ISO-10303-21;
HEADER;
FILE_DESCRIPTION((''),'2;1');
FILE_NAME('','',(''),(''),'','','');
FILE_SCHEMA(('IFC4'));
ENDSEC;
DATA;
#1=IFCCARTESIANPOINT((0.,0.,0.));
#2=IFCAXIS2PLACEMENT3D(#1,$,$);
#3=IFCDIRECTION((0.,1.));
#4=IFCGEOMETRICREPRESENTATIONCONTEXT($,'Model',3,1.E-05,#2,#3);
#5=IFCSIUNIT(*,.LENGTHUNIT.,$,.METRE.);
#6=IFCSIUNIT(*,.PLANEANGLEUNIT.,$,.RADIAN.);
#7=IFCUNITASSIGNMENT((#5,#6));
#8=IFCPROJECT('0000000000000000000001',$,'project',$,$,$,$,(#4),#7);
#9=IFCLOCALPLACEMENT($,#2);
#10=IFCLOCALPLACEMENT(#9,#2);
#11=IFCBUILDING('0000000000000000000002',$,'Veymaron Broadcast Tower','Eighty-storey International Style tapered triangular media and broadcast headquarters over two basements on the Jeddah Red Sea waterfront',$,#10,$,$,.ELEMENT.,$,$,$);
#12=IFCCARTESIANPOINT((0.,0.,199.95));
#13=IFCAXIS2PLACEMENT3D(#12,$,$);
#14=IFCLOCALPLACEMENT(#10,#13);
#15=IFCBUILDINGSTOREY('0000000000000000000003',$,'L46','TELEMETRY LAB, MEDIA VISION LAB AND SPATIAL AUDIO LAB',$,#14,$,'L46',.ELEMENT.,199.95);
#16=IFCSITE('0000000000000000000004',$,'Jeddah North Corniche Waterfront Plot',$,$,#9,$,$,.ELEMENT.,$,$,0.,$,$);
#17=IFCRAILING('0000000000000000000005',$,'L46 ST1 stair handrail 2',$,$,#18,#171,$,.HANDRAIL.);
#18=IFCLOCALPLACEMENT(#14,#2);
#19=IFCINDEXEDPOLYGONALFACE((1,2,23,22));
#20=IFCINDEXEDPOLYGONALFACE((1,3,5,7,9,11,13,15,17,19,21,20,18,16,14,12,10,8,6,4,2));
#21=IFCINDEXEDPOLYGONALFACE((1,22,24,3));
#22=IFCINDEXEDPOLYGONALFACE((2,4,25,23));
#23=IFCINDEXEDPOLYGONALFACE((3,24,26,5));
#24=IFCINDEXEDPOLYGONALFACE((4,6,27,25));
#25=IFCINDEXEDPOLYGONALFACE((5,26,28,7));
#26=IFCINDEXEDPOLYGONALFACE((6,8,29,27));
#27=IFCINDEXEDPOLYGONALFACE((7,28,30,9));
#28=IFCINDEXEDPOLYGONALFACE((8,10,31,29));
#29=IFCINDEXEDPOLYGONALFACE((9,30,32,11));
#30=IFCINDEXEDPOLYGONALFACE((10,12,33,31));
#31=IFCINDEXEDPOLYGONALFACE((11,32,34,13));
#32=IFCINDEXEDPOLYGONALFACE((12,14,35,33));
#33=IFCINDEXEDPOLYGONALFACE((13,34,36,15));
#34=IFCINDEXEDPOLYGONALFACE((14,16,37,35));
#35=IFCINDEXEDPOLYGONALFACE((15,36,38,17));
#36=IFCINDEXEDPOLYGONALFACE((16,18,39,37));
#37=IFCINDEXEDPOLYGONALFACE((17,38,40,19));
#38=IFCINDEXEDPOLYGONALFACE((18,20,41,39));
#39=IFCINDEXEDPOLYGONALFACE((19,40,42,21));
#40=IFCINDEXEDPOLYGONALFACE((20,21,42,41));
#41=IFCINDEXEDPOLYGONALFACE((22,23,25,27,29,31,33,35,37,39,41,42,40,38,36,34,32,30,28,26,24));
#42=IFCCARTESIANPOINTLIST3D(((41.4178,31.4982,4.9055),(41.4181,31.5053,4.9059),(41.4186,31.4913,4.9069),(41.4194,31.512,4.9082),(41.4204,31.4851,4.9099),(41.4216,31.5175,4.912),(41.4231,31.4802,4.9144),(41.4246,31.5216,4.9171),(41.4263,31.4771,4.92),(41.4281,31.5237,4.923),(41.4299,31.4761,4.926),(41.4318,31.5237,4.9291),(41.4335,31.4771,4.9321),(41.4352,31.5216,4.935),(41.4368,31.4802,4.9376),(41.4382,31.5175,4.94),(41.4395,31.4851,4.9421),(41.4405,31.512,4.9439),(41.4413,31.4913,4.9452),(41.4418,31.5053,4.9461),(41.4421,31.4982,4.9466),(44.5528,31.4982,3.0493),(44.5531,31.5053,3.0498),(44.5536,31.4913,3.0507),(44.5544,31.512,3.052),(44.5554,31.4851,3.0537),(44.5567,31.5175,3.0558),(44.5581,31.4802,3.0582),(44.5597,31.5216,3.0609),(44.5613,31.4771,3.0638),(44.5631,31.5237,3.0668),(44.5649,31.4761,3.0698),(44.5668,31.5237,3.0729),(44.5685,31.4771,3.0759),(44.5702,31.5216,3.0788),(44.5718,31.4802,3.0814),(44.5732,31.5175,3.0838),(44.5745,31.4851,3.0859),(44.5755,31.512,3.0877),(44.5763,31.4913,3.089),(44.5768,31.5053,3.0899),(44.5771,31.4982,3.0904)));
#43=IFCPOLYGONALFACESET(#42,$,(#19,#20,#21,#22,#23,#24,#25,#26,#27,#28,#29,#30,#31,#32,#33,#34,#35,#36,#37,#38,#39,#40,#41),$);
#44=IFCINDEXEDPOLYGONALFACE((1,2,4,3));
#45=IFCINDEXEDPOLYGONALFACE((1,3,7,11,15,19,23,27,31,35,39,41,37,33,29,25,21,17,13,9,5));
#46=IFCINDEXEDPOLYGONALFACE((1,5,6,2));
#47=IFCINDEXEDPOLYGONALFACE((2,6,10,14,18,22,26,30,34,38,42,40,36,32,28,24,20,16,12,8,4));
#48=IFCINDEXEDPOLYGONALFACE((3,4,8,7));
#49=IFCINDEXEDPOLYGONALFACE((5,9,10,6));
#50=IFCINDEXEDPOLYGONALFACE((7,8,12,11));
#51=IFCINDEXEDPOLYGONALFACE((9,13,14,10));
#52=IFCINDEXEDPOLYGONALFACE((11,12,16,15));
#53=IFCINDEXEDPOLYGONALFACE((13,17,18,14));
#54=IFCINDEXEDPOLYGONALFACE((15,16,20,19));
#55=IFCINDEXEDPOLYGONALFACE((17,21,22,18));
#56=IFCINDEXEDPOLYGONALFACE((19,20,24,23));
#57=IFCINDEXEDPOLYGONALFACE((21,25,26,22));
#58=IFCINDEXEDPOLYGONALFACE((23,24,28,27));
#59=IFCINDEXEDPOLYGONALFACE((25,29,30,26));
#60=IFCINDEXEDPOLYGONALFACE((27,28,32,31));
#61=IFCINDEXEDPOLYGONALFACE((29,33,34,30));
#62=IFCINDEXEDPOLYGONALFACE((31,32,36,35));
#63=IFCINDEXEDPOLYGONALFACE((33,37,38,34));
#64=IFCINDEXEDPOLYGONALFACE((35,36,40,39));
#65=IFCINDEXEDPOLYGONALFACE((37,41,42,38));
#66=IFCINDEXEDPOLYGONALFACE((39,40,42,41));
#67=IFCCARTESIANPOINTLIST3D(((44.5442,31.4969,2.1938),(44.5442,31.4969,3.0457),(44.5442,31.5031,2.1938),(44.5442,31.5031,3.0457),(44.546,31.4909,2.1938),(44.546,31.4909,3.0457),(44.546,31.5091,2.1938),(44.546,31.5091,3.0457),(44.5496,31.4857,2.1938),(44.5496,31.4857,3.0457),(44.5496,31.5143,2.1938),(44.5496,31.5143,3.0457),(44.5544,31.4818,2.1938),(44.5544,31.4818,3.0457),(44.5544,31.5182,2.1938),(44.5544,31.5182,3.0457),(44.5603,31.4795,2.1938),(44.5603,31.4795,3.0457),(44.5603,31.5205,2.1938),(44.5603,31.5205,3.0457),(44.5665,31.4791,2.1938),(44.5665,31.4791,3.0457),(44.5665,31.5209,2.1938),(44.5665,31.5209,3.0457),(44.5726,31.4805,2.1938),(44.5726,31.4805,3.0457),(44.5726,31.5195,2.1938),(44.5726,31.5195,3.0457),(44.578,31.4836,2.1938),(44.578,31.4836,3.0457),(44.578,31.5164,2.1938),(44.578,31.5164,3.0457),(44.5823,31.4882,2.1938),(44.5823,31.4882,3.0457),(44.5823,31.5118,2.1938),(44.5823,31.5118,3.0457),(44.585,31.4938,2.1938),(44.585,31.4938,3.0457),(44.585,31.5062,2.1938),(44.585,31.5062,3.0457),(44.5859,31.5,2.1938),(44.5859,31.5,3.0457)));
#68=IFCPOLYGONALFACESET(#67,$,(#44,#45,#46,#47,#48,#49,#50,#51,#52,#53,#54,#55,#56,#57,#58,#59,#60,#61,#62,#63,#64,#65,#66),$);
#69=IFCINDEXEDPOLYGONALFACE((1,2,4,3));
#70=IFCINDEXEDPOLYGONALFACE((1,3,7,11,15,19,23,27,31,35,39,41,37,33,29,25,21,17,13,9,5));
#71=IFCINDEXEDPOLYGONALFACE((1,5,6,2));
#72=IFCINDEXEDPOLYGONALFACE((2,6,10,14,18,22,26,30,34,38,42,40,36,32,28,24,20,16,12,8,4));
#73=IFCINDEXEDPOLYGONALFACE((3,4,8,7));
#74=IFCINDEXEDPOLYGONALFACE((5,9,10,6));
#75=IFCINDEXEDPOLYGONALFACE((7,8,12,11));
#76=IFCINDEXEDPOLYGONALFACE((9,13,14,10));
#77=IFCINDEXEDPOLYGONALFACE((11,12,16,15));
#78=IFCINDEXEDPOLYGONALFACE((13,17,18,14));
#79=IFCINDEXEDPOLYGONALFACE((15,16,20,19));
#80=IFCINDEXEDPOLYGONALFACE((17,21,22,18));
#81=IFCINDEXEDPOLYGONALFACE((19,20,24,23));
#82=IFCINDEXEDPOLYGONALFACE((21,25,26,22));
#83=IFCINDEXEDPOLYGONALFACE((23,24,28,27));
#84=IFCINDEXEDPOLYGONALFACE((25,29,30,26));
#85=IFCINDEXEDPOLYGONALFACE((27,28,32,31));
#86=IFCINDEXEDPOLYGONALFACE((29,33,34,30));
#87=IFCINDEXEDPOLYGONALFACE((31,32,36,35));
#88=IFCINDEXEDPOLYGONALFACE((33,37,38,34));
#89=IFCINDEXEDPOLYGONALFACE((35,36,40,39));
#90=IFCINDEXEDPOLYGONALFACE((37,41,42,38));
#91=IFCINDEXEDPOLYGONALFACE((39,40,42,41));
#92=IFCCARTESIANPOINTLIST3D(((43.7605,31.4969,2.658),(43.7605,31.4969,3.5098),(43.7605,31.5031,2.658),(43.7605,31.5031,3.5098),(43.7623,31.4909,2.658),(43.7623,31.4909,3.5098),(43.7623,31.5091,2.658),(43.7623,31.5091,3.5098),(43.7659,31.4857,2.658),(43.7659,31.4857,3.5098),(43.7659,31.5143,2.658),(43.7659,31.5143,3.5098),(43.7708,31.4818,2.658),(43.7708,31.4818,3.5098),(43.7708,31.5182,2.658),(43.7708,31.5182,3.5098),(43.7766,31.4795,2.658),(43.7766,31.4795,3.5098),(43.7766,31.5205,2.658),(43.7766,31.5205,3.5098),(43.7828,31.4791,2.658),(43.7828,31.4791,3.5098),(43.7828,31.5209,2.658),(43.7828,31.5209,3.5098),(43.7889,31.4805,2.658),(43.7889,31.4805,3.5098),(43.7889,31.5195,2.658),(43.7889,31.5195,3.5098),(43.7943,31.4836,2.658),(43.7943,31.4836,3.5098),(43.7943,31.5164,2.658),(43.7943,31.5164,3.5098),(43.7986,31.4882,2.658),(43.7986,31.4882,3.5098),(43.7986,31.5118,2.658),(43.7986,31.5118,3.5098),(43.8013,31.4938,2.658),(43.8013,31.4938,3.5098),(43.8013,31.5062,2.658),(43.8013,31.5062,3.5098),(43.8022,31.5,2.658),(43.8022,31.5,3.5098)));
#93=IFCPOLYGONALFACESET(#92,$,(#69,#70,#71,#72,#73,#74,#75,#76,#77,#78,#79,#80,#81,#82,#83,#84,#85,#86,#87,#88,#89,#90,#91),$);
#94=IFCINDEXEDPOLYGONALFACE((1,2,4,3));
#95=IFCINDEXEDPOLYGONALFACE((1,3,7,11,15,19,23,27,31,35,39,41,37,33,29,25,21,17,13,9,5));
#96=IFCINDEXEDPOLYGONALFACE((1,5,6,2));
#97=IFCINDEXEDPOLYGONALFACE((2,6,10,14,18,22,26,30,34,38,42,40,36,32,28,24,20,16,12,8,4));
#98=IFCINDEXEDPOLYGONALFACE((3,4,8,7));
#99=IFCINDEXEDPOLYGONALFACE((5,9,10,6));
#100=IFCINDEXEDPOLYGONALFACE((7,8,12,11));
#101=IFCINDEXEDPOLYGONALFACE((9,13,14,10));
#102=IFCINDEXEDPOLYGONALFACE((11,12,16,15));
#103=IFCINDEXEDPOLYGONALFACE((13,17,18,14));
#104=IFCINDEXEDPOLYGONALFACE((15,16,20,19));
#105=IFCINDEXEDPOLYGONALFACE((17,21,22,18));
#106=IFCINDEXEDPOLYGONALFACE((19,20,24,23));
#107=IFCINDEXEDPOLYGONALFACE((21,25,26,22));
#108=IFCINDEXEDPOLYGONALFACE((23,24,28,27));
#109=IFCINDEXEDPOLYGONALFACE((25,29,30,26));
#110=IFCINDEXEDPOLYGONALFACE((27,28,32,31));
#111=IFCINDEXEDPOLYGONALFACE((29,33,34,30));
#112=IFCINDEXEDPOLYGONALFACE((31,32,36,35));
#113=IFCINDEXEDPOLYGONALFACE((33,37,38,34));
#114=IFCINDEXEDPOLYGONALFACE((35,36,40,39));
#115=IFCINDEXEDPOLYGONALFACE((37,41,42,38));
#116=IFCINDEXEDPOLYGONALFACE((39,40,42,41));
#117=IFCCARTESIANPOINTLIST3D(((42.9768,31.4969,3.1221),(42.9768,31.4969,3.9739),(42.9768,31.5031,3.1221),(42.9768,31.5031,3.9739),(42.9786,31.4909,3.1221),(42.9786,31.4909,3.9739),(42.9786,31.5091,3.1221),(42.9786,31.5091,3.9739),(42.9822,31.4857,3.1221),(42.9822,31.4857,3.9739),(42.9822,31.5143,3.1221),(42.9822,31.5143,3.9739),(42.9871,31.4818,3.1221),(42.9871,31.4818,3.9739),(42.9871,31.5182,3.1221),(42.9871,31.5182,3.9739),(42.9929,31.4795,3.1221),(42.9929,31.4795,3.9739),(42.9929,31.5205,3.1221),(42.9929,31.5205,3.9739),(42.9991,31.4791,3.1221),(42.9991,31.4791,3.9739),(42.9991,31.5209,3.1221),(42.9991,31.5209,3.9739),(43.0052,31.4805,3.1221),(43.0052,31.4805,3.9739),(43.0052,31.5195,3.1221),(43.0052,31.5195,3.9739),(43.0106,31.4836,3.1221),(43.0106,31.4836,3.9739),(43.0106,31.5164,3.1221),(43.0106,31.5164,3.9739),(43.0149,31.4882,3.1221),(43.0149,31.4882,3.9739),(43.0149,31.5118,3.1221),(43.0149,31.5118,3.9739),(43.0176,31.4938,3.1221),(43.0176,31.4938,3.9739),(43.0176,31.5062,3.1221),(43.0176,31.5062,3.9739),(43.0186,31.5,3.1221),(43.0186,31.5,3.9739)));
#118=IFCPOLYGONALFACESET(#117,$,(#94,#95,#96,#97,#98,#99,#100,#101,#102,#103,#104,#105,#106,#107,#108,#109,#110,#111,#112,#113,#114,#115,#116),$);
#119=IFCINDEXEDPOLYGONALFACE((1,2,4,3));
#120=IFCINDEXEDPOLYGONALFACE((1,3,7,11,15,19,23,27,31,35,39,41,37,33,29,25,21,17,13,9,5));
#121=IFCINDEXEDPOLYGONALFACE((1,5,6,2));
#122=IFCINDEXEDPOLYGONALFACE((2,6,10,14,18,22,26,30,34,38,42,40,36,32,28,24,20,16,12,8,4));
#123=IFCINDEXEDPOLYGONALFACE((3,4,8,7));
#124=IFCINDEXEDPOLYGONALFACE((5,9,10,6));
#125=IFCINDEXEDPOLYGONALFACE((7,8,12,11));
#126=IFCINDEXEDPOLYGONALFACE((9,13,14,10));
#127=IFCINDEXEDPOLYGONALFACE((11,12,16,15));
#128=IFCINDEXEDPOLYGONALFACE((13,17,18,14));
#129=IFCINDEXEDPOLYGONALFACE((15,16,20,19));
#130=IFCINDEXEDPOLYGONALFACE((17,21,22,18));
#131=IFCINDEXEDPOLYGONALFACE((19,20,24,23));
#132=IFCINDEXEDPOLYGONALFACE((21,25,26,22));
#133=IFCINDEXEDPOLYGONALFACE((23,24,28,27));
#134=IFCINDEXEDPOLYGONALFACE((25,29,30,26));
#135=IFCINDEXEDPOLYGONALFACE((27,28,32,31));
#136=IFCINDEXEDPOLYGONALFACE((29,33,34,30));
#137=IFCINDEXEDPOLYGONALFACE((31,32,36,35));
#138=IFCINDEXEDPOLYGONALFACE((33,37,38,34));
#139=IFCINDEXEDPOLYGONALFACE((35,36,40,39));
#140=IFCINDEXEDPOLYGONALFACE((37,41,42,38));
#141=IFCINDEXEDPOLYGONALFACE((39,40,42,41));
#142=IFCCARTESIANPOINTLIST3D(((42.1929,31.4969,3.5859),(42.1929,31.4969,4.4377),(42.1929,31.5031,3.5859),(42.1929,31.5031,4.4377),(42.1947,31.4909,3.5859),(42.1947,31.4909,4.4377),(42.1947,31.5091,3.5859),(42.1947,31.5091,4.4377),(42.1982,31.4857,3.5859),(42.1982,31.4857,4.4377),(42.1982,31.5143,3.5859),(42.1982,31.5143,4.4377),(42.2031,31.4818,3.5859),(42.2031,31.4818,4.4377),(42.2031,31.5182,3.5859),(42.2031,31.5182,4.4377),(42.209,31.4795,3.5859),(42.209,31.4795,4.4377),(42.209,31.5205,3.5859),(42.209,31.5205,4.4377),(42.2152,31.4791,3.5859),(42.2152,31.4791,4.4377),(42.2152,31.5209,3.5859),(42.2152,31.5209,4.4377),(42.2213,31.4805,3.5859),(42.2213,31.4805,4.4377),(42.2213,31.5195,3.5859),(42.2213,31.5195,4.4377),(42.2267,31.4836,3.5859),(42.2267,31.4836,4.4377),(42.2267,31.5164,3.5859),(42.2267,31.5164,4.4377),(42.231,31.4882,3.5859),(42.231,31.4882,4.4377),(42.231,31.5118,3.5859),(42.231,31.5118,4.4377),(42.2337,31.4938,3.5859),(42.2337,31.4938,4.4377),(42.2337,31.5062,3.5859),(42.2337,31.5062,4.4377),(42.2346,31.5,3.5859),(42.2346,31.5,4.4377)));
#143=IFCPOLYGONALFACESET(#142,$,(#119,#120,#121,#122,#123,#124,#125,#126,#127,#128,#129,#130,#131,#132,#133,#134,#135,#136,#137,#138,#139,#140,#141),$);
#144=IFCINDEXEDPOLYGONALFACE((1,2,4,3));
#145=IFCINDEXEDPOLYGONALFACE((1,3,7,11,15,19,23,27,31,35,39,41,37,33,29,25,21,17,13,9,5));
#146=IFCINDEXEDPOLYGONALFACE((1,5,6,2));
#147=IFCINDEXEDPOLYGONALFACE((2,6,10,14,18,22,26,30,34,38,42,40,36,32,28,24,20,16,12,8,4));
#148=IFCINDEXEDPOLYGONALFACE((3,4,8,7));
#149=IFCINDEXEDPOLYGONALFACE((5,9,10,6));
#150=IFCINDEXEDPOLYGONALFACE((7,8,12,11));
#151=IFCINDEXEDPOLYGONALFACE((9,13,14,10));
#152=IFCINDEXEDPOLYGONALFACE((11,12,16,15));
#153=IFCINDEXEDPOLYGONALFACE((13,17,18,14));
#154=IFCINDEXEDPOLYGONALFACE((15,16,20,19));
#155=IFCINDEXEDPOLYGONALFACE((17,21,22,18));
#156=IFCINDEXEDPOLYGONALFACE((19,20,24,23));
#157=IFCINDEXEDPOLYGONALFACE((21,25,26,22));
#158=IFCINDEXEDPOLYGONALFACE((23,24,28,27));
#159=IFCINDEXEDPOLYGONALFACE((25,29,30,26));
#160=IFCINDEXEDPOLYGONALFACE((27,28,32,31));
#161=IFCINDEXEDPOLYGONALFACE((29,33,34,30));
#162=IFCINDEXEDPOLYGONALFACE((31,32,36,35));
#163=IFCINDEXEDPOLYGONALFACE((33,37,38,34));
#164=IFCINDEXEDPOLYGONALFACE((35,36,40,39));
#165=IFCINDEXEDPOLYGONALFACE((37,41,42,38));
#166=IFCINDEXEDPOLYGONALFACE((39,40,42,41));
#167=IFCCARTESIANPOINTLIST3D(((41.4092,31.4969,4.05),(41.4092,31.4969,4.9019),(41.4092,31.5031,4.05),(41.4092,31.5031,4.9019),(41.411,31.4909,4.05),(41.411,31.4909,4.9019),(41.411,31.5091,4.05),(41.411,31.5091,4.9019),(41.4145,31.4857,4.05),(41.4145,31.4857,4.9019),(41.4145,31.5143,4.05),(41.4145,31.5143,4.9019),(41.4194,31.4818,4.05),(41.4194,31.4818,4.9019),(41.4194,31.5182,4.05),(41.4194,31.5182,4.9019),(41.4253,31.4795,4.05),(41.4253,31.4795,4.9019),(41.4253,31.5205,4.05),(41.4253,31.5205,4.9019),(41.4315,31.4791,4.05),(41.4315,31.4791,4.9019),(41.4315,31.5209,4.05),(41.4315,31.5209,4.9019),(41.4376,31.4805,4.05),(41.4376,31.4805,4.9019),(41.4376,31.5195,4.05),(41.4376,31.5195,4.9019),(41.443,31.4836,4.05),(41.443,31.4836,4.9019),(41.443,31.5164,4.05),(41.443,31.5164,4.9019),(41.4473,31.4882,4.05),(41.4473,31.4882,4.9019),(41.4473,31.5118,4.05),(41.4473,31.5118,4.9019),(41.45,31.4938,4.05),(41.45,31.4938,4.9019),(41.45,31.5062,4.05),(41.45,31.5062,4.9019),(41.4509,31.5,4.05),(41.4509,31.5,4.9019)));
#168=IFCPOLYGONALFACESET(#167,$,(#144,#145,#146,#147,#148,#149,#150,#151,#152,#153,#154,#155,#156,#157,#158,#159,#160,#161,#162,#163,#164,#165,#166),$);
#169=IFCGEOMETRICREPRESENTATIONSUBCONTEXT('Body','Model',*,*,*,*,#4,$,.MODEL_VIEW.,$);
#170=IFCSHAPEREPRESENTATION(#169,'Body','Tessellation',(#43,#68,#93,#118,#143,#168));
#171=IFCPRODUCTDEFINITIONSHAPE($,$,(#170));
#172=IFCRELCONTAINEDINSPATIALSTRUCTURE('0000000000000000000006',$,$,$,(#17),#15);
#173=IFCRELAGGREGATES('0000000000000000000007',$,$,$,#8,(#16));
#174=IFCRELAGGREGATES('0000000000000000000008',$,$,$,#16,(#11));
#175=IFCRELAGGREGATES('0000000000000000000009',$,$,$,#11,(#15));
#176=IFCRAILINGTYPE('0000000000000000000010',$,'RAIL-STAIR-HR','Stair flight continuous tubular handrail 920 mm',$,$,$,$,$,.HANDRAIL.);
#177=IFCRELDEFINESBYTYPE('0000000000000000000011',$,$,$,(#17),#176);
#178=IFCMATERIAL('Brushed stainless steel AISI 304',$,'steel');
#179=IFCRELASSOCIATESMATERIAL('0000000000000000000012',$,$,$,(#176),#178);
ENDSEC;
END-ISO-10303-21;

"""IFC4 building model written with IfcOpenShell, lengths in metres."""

from ifc_helpers import new_model, si_unit, direction, frame, origin, origin_2d, place, context, subcontext, project, spatial, circle, extrude, material, type_object, element, save


model = new_model("IFC4")

# Units and contexts
model_context = context("Model", 3, precision=1e-05, world=origin(), true_north=direction((0.0, 1.0)))
body_context = subcontext(model_context, "Body", "Model", "MODEL_VIEW")
ifc_project = project(units=[si_unit("LENGTHUNIT", "METRE"), si_unit("PLANEANGLEUNIT", "RADIAN")], contexts=[model_context])

# Site, building, storey
site_placement = place(None, origin())
site = spatial("IfcSite", under=ifc_project, at=site_placement, Name="Jeddah North Corniche Waterfront Plot", CompositionType="ELEMENT", RefElevation=0.0)
building_placement = place(site_placement, origin())
building = spatial("IfcBuilding", under=site, at=building_placement, Name="Veymaron Broadcast Tower", Description="Eighty-storey International Style tapered triangular media and broadcast headquarters over two basements on the Jeddah Red Sea waterfront", CompositionType="ELEMENT")
storey_placement = place(building_placement, frame((0.0, 0.0, 199.95)))
storey = spatial("IfcBuildingStorey", under=building, at=storey_placement, Name="L46", Description="TELEMETRY LAB, MEDIA VISION LAB AND SPATIAL AUDIO LAB", LongName="L46", CompositionType="ELEMENT", Elevation=199.95)

# Shared definitions
ifc_material_1 = material(Name="Brushed stainless steel AISI 304", Category="steel")

# Railing
railing_type_1 = type_object("IfcRailingType", Name="RAIL-STAIR-HR", Description="Stair flight continuous tubular handrail 920 mm", PredefinedType="HANDRAIL", material=ifc_material_1)
railing_1_placement = place(storey_placement, frame((44.5649, 31.5, 2.1938)))
element("IfcRailing", 1, at=railing_1_placement, inside=storey, type_object=railing_type_1, Name="L46 ST1 stair handrail 2", PredefinedType="HANDRAIL", context=body_context, shape_type="SweptSolid", body=[
    extrude(circle(Radius=0.0239, at=origin_2d()), frame((0.0, 0.0, 0.876), z_axis=(-0.860482, 0.0, 0.509481), x_axis=(0.0, -1.0, 0.0)), (0.0, 0.0, 1.0), 3.6433),
    extrude(circle(Radius=0.021, at=origin_2d()), origin(), (0.0, 0.0, 1.0), 0.8518),
    extrude(circle(Radius=0.021, at=origin_2d()), frame((-0.7837, 0.0, 0.4641)), (0.0, 0.0, 1.0), 0.8518),
    extrude(circle(Radius=0.021, at=origin_2d()), frame((-1.5674, 0.0, 0.9282)), (0.0, 0.0, 1.0), 0.8518),
    extrude(circle(Radius=0.021, at=origin_2d()), frame((-2.3513, 0.0, 1.3921)), (0.0, 0.0, 1.0), 0.8518),
    extrude(circle(Radius=0.021, at=origin_2d()), frame((-3.135, 0.0, 1.8562)), (0.0, 0.0, 1.0), 0.8518),
])

save(model, "model.ifc")
